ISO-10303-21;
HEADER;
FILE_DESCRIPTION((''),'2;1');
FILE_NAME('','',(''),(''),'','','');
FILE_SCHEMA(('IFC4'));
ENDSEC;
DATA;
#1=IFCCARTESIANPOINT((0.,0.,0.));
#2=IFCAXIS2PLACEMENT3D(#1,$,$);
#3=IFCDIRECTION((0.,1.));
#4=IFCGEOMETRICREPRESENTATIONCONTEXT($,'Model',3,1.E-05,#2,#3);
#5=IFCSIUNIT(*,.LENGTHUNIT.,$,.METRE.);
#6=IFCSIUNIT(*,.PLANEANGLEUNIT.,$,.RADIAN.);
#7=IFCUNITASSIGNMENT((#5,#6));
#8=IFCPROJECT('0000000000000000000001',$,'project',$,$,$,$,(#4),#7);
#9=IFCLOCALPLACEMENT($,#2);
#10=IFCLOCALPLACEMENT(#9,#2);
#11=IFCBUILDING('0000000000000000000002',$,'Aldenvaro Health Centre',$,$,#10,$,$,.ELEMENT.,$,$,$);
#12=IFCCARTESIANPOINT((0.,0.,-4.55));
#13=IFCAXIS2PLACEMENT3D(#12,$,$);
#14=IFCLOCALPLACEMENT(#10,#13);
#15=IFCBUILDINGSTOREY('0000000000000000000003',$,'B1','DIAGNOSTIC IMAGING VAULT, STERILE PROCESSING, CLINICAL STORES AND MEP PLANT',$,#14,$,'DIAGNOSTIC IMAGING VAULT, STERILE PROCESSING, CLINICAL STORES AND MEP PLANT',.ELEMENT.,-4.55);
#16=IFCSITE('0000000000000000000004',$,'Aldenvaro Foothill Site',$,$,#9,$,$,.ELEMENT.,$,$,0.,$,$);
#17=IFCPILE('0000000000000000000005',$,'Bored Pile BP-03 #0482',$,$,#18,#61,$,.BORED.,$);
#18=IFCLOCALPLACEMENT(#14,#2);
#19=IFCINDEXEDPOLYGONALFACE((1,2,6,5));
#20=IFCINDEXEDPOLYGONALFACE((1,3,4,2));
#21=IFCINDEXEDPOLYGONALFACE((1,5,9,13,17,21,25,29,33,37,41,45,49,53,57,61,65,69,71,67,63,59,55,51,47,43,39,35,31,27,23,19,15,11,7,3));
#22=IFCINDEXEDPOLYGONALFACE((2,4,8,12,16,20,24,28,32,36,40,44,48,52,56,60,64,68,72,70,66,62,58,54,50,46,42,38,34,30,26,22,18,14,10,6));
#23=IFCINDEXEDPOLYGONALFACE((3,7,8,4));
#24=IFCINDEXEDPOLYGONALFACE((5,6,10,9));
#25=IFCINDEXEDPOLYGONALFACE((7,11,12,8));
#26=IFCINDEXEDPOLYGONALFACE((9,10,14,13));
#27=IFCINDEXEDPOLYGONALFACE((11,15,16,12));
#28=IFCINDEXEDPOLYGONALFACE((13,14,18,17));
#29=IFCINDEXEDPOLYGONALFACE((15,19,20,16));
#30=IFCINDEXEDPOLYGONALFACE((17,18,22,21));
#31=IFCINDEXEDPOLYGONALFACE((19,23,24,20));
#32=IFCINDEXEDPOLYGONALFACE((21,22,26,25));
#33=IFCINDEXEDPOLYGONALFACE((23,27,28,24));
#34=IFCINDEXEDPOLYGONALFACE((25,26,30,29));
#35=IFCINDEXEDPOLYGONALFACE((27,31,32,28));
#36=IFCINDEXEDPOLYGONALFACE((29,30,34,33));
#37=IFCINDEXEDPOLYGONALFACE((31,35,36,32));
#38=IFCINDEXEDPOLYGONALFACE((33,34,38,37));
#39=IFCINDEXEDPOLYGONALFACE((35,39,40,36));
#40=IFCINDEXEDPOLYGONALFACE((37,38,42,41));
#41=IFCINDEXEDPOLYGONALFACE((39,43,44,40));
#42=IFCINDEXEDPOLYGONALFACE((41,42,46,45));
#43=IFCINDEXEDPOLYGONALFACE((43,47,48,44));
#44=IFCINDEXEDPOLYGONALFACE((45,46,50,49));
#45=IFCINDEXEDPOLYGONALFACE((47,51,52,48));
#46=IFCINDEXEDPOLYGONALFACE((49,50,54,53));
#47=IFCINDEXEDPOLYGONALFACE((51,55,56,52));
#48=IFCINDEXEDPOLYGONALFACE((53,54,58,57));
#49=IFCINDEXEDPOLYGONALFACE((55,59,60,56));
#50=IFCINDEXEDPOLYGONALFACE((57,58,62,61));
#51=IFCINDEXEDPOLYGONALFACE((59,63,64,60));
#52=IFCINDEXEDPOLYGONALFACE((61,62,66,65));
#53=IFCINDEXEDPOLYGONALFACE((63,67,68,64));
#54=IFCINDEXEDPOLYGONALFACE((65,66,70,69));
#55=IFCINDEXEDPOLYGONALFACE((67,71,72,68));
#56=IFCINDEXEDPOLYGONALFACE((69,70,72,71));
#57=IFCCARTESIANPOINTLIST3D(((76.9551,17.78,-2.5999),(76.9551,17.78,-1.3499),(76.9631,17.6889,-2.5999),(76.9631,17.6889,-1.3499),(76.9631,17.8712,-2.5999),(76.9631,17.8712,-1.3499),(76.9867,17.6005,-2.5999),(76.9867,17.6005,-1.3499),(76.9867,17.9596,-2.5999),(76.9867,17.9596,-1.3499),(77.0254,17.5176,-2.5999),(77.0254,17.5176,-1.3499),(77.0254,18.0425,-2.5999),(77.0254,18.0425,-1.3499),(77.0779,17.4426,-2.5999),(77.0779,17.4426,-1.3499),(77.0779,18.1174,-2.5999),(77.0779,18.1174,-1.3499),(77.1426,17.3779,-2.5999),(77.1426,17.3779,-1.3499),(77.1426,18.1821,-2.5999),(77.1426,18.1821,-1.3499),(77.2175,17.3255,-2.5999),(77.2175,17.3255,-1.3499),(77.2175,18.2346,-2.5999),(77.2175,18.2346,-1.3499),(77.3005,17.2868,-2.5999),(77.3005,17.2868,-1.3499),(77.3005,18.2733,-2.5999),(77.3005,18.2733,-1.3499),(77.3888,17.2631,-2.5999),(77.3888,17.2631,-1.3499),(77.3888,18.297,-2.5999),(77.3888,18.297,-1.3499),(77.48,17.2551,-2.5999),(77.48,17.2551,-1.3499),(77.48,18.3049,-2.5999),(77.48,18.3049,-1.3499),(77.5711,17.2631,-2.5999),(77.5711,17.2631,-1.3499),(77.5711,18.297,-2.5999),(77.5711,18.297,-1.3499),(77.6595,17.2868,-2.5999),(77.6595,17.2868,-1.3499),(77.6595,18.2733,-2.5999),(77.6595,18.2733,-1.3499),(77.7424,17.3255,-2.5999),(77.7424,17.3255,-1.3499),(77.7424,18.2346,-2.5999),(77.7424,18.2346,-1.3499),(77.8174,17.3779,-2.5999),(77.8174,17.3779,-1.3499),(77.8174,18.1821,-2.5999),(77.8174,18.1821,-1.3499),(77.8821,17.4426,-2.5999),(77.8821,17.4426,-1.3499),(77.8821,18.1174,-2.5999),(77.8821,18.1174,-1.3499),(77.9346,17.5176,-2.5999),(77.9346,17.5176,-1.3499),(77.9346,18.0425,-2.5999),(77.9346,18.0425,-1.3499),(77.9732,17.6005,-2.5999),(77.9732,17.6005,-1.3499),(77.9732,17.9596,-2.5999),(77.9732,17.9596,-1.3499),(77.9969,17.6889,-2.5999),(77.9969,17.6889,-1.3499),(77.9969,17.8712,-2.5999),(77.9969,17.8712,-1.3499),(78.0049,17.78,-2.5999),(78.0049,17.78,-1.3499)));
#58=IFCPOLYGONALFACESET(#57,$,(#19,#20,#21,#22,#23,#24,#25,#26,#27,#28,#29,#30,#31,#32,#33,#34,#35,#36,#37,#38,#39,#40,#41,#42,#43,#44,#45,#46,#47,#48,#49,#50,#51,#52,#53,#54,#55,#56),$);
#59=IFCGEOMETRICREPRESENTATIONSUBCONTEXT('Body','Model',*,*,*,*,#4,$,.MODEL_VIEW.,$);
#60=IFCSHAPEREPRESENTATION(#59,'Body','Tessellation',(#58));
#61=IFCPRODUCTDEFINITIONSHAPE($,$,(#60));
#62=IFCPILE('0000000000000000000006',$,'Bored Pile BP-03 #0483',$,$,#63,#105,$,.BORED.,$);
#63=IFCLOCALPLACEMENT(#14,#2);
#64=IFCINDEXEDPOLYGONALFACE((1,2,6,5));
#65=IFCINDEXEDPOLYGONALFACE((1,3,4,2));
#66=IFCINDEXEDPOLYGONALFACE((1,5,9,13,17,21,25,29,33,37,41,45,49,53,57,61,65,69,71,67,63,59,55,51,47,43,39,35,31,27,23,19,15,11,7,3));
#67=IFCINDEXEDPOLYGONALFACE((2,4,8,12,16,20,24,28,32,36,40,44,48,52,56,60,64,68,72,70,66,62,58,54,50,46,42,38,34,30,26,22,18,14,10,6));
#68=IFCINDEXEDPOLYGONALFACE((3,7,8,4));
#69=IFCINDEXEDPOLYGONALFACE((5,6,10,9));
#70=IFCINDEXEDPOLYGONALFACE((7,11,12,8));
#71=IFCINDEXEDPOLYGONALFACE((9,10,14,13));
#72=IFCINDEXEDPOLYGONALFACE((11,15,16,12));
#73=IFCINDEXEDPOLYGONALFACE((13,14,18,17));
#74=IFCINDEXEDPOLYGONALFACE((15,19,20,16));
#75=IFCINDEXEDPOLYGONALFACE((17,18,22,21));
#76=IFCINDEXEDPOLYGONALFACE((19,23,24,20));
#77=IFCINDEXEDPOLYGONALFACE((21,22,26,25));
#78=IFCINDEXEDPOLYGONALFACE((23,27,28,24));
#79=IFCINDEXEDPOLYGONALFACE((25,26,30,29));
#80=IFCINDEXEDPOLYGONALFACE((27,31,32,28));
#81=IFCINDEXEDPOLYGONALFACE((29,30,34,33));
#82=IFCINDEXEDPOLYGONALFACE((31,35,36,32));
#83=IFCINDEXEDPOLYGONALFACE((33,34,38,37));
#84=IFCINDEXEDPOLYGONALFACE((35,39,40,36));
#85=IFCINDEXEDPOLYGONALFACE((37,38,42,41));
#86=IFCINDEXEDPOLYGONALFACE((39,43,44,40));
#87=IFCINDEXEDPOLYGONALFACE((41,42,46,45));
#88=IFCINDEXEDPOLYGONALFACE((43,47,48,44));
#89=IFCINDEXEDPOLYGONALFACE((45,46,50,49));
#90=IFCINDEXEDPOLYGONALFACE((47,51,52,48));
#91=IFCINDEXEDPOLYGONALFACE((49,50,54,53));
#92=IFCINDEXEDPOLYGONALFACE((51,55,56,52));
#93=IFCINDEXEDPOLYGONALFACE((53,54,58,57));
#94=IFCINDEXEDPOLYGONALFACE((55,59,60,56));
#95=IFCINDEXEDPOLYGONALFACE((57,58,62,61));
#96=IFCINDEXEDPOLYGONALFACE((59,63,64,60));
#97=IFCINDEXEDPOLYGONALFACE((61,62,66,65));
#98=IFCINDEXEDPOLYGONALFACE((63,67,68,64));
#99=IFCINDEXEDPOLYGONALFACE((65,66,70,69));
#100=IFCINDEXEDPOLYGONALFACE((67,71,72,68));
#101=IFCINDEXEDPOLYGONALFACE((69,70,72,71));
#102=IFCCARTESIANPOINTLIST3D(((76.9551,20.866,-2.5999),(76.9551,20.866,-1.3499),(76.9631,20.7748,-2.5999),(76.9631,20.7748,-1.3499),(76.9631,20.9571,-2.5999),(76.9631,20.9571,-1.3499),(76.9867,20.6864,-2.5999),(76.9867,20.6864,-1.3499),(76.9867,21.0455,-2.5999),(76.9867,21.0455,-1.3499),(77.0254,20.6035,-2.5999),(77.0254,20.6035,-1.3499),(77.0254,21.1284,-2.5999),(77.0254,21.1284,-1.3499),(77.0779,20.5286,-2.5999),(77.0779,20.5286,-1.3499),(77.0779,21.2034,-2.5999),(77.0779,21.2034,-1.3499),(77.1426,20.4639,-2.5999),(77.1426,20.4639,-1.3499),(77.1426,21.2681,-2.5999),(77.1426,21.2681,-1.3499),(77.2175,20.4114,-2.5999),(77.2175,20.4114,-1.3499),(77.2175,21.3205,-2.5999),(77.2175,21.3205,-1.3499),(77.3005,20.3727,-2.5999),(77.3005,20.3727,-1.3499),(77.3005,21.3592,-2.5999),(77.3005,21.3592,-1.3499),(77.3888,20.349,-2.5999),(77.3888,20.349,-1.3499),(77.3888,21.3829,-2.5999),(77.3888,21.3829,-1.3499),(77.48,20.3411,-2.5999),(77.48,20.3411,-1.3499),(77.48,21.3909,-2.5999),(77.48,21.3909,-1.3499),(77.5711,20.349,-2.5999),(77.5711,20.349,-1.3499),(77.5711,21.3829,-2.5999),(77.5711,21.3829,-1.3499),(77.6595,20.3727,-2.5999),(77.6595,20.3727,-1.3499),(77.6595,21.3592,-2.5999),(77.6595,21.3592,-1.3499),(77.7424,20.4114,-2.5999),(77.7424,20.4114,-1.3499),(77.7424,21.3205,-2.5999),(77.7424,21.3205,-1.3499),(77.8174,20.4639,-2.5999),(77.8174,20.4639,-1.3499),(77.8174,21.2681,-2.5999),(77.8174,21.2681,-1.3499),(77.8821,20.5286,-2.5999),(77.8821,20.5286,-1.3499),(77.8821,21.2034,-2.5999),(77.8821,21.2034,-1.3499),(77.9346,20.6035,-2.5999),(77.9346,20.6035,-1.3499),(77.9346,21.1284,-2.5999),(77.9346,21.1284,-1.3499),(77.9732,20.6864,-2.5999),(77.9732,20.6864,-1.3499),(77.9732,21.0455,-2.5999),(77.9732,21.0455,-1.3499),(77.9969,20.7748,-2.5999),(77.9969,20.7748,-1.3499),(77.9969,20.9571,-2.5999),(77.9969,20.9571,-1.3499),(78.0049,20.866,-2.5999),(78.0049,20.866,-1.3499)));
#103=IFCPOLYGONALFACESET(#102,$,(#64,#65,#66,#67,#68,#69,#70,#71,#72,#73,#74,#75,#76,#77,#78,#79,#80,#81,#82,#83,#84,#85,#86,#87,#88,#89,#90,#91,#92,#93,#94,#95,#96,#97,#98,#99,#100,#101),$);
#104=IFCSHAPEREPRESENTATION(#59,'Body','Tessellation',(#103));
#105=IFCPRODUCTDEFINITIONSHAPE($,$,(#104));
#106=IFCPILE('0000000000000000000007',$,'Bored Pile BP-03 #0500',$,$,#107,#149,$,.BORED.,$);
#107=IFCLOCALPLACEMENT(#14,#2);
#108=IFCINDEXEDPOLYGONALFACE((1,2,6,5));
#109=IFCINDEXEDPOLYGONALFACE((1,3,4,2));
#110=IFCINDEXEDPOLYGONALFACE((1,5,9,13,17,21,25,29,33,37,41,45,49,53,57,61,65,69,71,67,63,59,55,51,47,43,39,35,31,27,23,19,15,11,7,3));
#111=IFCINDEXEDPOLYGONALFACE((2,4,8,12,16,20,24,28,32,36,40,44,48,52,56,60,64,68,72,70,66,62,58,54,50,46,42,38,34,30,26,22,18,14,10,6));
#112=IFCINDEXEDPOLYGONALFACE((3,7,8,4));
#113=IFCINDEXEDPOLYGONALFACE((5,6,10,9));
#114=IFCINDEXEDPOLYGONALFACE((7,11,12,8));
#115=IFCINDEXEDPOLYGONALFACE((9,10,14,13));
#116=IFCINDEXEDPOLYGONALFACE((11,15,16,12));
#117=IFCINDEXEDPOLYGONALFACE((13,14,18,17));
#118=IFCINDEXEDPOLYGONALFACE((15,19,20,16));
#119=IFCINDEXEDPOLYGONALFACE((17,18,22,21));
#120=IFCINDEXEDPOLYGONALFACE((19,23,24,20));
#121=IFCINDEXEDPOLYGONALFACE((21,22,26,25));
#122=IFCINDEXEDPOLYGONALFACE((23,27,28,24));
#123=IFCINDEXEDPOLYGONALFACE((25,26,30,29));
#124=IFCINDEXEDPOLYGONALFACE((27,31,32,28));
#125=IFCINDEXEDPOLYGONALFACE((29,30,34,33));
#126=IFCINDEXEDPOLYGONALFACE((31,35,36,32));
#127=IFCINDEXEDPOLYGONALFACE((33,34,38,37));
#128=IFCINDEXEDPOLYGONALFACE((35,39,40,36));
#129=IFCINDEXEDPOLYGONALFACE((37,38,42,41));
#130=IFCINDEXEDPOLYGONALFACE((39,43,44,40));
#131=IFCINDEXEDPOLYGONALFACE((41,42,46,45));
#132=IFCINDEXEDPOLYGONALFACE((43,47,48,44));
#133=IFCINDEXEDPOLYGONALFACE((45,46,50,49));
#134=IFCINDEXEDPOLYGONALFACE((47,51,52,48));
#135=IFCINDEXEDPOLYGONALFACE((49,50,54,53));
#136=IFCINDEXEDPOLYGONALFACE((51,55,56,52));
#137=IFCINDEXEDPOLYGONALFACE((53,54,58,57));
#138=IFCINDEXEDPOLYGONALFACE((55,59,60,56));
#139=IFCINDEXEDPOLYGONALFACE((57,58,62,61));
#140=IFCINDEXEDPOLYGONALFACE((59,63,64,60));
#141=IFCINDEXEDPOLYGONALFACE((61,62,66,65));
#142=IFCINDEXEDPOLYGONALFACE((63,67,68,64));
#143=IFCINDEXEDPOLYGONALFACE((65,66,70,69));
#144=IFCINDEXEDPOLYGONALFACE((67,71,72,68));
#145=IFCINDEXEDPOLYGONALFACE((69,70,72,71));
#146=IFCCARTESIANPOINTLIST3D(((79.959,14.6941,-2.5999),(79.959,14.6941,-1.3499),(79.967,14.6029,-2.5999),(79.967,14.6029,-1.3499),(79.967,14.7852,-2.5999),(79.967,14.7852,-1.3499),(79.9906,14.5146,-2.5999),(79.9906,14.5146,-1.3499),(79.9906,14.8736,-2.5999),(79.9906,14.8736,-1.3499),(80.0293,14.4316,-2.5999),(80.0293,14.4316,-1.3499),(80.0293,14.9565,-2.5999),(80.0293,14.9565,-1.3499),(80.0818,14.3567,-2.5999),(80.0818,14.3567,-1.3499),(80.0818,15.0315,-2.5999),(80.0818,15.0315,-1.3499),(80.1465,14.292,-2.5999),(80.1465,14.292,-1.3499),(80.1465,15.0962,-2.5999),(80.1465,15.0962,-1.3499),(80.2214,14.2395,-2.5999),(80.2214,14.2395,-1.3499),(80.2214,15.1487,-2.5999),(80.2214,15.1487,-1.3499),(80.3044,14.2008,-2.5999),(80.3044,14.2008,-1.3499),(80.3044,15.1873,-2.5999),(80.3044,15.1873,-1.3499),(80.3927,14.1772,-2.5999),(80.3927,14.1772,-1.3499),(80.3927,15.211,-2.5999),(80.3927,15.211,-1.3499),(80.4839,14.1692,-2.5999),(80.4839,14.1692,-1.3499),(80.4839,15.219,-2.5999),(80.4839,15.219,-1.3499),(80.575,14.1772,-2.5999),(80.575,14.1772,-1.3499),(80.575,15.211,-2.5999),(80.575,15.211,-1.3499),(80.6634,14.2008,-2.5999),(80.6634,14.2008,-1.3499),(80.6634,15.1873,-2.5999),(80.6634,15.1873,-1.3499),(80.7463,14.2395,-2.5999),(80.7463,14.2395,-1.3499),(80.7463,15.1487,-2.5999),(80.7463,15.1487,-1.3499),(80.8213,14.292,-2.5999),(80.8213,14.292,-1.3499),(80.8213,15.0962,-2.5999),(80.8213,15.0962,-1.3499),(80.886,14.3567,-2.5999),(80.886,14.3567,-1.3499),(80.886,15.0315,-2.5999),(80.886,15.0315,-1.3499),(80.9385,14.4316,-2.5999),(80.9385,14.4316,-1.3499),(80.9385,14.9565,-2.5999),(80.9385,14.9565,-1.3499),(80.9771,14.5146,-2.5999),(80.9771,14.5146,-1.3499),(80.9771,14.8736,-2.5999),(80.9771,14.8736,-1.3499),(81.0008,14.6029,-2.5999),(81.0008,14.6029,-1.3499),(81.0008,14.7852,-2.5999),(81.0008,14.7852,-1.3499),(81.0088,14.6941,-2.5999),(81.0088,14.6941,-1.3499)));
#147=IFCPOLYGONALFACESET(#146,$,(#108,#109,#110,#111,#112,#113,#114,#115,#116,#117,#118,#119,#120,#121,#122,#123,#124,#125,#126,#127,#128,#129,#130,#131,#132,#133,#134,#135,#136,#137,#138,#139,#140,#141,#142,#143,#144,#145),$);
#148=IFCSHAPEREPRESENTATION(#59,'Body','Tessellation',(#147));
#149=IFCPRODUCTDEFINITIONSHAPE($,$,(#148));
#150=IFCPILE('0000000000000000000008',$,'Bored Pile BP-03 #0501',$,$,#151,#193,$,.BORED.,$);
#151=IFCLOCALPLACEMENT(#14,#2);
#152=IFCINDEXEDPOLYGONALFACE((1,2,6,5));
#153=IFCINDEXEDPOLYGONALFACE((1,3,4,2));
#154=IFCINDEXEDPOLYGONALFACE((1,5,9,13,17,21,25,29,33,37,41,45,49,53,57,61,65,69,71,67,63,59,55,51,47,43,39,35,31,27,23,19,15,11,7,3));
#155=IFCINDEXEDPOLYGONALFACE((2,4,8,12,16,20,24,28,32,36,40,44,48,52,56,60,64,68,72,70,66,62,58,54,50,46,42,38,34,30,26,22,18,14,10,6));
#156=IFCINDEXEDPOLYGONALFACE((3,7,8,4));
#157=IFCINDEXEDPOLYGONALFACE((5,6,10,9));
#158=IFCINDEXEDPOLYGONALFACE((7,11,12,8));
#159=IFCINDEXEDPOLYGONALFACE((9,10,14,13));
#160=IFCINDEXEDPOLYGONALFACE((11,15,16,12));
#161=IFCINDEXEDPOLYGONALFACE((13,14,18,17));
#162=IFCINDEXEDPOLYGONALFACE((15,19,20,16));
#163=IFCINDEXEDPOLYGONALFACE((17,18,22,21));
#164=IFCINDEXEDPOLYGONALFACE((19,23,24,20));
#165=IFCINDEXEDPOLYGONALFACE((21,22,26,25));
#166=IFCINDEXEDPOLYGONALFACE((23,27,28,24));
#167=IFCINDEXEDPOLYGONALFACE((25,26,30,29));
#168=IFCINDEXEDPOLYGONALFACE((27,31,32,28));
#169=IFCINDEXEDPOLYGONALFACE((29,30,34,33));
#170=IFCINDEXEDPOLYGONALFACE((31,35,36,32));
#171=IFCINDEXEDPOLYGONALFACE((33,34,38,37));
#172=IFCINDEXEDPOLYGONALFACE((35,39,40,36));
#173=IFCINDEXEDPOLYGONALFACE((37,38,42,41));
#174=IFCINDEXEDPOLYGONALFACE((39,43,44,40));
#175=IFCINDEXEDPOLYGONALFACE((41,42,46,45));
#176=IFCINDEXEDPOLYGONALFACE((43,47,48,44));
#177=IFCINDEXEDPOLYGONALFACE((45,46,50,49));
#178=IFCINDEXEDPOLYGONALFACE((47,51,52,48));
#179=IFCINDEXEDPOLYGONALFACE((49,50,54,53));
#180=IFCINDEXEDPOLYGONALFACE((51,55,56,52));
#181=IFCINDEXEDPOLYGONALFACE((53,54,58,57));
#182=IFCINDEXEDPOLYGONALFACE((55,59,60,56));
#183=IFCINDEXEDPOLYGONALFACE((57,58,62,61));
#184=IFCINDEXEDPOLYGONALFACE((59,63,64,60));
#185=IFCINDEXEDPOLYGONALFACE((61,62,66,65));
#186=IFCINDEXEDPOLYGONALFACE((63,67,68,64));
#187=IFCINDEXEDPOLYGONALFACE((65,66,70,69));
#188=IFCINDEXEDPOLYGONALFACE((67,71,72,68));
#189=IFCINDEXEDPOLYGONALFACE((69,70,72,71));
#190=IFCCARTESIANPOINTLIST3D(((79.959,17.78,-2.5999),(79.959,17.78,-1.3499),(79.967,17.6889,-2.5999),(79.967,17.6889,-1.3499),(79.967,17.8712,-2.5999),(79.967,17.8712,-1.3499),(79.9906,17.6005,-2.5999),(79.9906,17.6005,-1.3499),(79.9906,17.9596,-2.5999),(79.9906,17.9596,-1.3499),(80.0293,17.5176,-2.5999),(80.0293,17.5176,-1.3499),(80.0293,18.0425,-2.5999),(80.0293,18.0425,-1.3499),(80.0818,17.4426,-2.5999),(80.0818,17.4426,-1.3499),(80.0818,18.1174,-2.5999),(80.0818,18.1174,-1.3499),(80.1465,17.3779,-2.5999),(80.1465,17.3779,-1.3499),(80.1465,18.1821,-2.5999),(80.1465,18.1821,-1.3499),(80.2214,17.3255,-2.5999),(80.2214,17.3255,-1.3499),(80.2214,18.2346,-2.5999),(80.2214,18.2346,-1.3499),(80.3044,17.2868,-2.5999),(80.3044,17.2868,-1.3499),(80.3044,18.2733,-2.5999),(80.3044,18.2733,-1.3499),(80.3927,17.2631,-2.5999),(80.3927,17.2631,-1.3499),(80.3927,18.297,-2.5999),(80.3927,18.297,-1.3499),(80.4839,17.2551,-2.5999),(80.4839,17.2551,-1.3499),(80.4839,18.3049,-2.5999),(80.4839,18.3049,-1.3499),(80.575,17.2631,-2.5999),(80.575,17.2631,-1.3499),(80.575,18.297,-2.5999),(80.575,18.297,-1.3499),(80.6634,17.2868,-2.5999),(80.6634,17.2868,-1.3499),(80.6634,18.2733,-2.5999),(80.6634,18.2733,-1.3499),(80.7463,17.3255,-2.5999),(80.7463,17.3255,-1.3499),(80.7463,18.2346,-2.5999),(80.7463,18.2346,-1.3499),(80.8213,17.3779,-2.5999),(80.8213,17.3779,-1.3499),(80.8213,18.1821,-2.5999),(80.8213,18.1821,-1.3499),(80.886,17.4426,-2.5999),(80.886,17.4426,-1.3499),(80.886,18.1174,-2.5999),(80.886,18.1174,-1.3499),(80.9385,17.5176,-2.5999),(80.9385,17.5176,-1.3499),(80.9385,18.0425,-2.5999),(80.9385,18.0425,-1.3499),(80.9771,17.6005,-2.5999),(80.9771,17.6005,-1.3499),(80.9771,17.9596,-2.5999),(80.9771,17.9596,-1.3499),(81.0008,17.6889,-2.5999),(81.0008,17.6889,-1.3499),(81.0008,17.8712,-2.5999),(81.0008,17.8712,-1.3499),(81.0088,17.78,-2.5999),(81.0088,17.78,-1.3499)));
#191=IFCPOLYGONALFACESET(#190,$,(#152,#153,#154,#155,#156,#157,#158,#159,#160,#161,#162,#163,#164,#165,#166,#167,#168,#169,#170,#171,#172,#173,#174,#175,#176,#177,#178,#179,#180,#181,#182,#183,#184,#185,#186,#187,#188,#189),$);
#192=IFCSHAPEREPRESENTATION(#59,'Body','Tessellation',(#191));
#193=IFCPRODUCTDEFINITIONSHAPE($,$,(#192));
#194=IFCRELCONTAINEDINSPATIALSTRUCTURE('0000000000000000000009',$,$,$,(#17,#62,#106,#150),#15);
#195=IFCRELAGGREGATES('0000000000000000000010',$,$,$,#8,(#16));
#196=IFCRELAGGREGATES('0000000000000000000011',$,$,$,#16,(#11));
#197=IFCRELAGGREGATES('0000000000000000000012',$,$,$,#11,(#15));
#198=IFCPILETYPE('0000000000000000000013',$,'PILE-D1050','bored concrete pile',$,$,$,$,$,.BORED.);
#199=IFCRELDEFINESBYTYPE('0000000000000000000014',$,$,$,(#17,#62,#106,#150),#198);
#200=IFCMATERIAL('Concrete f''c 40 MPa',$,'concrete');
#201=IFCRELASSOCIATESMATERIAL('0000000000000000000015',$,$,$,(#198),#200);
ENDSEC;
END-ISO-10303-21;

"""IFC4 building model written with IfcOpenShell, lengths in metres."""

from ifc_helpers import new_model, si_unit, direction, frame, origin, origin_2d, place, context, subcontext, project, spatial, circle, extrude, material, material_profile, profile_set, type_object, element, save


model = new_model("IFC4")

# Units and contexts
model_context = context("Model", 3, precision=1e-05, world=origin(), true_north=direction((0.0, 1.0)))
body_context = subcontext(model_context, "Body", "Model", "MODEL_VIEW")
ifc_project = project(units=[si_unit("LENGTHUNIT", "METRE"), si_unit("PLANEANGLEUNIT", "RADIAN")], contexts=[model_context])

# Site, building, storey
site_placement = place(None, origin())
site = spatial("IfcSite", under=ifc_project, at=site_placement, Name="Aldenvaro Foothill Site", CompositionType="ELEMENT", RefElevation=0.0)
building_placement = place(site_placement, origin())
building = spatial("IfcBuilding", under=site, at=building_placement, Name="Aldenvaro Health Centre", CompositionType="ELEMENT")
storey_placement = place(building_placement, frame((0.0, 0.0, -4.55)))
storey = spatial("IfcBuildingStorey", under=building, at=storey_placement, Name="B1", Description="DIAGNOSTIC IMAGING VAULT, STERILE PROCESSING, CLINICAL STORES AND MEP PLANT", LongName="DIAGNOSTIC IMAGING VAULT, STERILE PROCESSING, CLINICAL STORES AND MEP PLANT", CompositionType="ELEMENT", Elevation=-4.55)

# Piles
ifc_material_1 = material(Name="Concrete f'c 40 MPa", Category="concrete")
ifc_material_profile_1 = material_profile(ifc_material_1, circle(Radius=0.5249, at=origin_2d()), Name="PILE D1050", Category="concrete")
ifc_profile_set_1 = profile_set([ifc_material_profile_1], Name="Concrete f'c 40 MPa")
pile_type = type_object("IfcPileType", Name="PILE-D1050", Description="bored concrete pile", PredefinedType="BORED", material=ifc_profile_set_1)
for number, where, z_axis, x_axis, name in (
    (1, (77.48, 17.78, -1.3499), (0.0, 0.0, -1.0), (1.0, 0.0, 0.0), "Bored Pile BP-03 #0482"),
    (2, (77.48, 20.866, -1.3499), (0.0, 0.0, -1.0), (1.0, 0.0, 0.0), "Bored Pile BP-03 #0483"),
    (3, (80.4839, 14.6941, -1.3499), (0.0, 0.0, -1.0), (1.0, 0.0, 0.0), "Bored Pile BP-03 #0500"),
    (4, (80.4839, 17.78, -1.3499), (0.0, 0.0, -1.0), (1.0, 0.0, 0.0), "Bored Pile BP-03 #0501"),
):
    element("IfcPile", number, at=place(storey_placement, frame(where, z_axis=z_axis, x_axis=x_axis)), inside=storey, type_object=pile_type, Name=name, PredefinedType="BORED", context=body_context, shape_type="SweptSolid", body=[
        extrude(circle(Radius=0.5249, at=origin_2d()), origin(), (0.0, 0.0, 1.0), 1.25),
    ])

save(model, "model.ifc")
